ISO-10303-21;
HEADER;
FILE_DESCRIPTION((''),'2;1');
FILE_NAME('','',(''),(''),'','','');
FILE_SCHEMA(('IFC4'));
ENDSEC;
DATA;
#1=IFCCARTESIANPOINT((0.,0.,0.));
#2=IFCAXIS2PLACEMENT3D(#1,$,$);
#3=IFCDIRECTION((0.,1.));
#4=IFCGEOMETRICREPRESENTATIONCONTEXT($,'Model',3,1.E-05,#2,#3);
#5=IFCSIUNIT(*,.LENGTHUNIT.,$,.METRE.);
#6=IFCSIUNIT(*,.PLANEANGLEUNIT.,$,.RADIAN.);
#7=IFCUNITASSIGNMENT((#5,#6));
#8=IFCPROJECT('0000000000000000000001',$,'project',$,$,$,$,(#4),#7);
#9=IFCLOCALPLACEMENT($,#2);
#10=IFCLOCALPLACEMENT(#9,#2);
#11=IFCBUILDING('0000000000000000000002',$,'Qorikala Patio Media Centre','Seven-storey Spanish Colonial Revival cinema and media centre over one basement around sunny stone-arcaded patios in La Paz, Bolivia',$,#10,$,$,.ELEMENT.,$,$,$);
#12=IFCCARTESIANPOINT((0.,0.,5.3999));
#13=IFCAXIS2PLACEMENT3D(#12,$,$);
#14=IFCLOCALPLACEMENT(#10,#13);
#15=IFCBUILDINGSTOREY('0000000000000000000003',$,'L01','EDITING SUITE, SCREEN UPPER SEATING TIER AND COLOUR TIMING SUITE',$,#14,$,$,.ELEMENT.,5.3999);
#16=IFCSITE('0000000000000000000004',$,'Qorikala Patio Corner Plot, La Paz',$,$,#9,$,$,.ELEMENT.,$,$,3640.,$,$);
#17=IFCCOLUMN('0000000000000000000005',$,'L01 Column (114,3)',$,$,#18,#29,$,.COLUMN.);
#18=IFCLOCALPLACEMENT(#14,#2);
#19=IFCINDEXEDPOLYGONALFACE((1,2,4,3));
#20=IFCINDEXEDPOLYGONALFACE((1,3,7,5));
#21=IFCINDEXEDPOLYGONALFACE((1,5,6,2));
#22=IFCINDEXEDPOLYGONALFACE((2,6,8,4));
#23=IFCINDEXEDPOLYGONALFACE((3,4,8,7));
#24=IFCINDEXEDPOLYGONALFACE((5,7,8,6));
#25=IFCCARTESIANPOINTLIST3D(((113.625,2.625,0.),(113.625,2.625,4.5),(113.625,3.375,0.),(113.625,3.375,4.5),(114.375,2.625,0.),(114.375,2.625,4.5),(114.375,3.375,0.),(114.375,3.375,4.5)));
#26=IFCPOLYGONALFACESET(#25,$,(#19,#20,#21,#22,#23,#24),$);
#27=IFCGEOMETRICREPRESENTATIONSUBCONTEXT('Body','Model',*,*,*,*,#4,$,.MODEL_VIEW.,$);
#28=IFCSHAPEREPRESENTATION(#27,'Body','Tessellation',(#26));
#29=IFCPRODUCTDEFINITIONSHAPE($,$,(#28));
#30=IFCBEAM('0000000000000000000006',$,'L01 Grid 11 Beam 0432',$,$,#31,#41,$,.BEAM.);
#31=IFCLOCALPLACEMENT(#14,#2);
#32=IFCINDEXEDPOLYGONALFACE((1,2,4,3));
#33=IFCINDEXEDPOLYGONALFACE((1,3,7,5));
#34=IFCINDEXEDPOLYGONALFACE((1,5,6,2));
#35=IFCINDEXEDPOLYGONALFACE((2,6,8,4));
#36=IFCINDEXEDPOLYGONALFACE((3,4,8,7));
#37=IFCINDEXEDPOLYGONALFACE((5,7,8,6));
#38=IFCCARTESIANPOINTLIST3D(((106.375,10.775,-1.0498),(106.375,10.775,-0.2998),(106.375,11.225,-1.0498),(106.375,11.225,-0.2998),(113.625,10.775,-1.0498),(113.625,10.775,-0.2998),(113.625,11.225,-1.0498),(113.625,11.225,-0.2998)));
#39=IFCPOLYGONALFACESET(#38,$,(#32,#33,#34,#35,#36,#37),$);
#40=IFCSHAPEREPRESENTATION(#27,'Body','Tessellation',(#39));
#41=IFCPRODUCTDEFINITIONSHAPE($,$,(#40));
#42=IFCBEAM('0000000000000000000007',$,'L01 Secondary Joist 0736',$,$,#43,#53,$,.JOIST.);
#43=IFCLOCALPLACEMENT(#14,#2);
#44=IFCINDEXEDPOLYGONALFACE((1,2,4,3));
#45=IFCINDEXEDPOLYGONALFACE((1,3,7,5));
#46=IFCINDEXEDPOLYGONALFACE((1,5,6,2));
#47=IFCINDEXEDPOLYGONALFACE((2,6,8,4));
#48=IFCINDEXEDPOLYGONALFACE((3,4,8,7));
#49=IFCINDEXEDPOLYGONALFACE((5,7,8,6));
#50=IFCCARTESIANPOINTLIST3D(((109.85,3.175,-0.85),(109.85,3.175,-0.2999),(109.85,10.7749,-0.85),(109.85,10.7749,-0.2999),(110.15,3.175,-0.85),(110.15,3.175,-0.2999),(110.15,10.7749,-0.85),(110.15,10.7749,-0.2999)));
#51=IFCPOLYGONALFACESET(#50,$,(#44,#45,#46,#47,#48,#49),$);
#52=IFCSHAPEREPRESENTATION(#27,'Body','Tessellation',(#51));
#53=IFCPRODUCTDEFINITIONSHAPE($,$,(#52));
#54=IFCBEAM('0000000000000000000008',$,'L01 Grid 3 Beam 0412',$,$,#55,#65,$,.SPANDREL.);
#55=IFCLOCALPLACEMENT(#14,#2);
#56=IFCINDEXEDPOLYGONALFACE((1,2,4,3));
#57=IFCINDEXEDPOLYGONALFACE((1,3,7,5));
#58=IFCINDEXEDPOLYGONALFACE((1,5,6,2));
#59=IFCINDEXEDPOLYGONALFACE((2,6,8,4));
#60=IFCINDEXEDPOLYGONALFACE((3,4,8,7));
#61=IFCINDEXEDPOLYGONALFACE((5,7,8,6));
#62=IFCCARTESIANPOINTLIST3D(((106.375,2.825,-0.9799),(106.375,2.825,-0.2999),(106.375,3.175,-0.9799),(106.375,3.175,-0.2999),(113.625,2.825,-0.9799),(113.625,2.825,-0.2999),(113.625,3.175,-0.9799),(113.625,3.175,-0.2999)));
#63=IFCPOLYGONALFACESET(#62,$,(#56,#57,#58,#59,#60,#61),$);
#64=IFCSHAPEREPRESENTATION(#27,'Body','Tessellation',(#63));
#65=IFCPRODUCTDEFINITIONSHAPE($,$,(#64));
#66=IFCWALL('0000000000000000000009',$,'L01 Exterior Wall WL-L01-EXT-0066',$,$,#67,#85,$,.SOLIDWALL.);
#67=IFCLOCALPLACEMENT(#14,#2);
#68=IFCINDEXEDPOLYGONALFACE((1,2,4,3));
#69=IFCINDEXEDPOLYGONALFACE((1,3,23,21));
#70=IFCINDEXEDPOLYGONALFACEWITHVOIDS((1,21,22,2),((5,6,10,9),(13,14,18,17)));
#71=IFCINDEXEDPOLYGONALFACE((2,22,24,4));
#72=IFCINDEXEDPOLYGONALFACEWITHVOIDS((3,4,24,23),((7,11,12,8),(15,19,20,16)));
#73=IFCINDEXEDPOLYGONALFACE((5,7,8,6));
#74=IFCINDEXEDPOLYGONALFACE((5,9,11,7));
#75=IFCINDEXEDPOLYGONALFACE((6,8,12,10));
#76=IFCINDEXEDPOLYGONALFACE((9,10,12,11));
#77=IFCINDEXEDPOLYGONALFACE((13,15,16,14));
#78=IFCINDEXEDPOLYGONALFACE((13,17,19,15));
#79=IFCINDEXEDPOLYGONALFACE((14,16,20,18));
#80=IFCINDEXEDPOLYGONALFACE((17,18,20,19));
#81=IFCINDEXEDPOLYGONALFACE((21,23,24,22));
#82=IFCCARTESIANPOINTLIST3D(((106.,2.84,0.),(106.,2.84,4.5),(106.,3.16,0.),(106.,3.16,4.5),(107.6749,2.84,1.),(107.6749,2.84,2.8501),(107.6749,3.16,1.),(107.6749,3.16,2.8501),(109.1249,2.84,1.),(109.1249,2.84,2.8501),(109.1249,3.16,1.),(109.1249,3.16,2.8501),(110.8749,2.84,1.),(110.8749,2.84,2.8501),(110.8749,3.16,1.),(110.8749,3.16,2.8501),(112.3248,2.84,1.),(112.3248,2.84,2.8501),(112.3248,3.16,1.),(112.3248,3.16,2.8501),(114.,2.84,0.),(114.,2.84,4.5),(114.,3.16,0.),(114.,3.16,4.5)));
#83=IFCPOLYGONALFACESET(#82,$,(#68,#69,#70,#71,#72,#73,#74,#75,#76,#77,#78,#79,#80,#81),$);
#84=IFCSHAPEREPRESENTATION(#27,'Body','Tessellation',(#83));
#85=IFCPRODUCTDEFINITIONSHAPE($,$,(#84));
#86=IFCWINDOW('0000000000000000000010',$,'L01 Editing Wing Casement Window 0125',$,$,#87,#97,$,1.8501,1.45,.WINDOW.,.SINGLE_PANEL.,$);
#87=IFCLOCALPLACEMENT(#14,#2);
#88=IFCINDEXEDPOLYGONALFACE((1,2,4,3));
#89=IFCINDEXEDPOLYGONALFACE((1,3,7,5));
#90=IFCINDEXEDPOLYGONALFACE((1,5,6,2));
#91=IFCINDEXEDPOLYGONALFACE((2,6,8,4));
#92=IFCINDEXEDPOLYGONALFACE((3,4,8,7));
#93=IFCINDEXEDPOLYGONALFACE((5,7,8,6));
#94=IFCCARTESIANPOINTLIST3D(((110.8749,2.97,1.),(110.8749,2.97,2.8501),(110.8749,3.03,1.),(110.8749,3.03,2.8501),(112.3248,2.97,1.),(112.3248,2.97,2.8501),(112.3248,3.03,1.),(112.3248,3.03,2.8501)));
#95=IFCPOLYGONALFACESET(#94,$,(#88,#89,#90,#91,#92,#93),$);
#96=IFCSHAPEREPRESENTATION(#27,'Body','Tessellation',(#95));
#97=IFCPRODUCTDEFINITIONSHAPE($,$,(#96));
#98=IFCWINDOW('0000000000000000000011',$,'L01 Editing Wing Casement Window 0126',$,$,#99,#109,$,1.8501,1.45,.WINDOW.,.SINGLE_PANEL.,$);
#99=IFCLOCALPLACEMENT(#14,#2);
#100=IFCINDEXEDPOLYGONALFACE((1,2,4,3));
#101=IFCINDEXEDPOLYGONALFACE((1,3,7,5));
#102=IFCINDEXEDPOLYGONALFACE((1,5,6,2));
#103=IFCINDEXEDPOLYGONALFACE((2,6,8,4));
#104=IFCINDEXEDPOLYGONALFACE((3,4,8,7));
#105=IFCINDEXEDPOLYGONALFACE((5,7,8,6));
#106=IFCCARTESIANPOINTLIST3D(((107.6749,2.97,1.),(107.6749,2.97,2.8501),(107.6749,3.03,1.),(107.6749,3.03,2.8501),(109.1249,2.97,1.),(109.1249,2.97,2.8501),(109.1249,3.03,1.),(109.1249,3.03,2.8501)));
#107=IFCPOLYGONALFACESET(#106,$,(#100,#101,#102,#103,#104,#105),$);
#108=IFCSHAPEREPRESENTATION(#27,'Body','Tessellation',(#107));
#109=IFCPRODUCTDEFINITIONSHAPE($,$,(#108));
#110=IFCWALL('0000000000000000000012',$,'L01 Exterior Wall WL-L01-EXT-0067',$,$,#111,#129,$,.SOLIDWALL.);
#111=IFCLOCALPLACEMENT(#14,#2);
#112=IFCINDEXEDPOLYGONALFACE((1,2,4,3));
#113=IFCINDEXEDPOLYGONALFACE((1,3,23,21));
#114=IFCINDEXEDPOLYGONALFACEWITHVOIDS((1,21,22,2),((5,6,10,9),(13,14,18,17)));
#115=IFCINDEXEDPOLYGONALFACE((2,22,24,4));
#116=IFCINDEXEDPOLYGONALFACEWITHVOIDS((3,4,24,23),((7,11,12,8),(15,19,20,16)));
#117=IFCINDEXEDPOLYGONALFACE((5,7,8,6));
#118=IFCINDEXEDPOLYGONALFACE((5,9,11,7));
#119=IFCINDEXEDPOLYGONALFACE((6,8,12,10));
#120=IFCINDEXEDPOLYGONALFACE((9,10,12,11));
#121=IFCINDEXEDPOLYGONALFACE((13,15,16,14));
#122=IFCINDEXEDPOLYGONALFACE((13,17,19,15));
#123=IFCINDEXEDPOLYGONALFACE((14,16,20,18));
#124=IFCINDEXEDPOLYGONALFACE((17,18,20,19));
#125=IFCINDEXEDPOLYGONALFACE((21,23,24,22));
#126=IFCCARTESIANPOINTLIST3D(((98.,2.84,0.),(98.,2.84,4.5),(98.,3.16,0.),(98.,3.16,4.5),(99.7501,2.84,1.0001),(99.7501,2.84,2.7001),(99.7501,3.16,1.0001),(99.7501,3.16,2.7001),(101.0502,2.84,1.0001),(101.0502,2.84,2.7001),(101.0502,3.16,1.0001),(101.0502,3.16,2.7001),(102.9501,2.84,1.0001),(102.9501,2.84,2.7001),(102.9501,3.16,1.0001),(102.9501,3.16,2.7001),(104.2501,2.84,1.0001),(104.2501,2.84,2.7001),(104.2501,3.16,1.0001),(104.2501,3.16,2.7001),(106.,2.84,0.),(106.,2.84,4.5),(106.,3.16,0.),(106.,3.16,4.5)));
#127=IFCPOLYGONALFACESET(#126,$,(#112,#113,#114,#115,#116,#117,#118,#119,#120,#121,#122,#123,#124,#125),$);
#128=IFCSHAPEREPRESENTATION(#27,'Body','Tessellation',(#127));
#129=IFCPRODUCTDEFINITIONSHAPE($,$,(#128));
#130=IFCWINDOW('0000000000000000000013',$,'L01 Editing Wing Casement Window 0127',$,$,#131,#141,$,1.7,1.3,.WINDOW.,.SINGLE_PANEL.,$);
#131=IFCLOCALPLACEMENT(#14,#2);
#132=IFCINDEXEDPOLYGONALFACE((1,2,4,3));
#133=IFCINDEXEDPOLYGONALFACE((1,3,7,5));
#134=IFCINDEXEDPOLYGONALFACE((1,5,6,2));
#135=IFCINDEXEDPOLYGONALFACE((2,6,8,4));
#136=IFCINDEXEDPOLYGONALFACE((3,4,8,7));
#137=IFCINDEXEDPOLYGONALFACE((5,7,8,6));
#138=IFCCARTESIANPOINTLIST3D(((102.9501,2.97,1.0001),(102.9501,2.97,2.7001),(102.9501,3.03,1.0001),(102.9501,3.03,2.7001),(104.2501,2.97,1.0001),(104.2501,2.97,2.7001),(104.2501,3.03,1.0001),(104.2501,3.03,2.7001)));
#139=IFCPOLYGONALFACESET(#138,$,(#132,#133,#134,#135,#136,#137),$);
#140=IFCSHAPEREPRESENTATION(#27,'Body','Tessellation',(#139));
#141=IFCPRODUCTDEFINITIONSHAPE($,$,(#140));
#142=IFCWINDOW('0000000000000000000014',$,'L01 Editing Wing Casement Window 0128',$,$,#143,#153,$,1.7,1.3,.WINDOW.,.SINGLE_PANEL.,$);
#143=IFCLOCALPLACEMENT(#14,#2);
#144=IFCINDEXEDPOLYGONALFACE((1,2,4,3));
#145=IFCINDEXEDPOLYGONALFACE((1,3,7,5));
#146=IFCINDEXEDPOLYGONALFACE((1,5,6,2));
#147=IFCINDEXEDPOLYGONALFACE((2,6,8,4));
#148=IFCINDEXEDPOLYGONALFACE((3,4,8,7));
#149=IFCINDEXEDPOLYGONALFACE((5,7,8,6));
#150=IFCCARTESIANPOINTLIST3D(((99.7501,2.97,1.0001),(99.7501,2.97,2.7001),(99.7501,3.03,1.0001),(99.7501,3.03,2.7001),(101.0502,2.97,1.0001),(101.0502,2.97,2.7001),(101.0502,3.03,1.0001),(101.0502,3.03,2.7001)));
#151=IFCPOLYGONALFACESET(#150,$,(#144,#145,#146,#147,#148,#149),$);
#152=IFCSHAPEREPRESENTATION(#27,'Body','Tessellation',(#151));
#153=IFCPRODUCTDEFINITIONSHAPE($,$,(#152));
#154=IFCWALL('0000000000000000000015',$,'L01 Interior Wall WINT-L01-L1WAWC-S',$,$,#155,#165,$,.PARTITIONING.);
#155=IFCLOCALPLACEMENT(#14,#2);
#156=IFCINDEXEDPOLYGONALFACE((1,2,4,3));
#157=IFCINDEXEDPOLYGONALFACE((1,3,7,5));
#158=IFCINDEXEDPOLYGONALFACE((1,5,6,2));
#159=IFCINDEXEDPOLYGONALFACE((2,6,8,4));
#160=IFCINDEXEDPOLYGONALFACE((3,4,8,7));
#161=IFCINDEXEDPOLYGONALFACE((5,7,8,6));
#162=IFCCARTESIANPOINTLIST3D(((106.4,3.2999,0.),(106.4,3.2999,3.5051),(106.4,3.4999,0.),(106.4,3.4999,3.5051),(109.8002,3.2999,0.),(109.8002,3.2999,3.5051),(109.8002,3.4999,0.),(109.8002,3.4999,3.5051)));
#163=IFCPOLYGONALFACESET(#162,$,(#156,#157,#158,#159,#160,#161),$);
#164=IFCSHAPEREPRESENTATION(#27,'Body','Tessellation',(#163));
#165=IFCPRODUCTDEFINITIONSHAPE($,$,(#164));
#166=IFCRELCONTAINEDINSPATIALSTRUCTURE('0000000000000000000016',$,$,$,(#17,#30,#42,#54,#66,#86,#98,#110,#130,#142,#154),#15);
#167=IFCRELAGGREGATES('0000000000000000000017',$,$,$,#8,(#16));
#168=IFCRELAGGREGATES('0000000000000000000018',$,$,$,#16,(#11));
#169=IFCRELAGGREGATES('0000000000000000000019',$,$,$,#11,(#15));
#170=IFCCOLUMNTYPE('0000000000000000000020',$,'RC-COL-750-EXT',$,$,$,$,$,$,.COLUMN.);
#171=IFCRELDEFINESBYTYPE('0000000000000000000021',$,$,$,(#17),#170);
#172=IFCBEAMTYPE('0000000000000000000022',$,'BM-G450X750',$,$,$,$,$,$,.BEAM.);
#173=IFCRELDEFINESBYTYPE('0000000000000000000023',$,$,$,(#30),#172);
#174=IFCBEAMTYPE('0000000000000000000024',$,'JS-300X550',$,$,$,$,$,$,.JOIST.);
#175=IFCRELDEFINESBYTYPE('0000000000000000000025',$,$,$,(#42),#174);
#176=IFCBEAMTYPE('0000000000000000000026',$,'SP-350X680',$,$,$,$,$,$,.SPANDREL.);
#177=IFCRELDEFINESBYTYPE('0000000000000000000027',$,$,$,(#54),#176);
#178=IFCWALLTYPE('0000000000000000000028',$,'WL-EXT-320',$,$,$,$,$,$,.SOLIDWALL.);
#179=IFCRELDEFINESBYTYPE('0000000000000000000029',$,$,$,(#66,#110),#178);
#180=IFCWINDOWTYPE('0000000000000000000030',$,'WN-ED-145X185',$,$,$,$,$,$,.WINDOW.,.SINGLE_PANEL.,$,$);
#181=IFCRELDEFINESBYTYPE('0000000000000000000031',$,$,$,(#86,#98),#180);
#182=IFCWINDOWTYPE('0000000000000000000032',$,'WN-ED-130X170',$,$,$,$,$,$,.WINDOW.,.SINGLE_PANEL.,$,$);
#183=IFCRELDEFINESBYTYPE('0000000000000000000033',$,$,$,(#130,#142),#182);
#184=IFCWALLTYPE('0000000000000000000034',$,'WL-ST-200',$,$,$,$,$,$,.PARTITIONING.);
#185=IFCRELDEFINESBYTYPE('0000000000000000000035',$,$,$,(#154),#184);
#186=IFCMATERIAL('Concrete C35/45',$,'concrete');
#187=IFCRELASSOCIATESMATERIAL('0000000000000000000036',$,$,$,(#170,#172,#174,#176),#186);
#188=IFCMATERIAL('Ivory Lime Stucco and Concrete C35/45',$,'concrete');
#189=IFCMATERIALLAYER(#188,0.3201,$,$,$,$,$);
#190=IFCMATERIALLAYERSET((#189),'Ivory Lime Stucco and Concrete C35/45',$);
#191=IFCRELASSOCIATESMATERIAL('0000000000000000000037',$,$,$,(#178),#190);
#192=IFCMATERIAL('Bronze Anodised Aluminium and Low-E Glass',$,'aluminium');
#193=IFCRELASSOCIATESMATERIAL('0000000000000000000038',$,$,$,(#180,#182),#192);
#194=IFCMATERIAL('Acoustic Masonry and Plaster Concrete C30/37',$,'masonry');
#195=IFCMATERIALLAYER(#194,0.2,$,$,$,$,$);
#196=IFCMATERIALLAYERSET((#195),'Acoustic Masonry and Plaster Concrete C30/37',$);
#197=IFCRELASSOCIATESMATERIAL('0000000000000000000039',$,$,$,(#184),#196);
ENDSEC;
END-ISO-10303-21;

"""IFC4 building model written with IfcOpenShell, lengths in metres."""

from ifc_helpers import new_model, si_unit, direction, frame, frame_2d, origin, origin_2d, place, context, subcontext, project, spatial, rectangle, extrude, material, layer, layer_set, material_profile, profile_set, type_object, element, fill, save


model = new_model("IFC4")

# Units and contexts
model_context = context("Model", 3, precision=1e-05, world=origin(), true_north=direction((0.0, 1.0)))
body_context = subcontext(model_context, "Body", "Model", "MODEL_VIEW")
ifc_project = project(units=[si_unit("LENGTHUNIT", "METRE"), si_unit("PLANEANGLEUNIT", "RADIAN")], contexts=[model_context])

# Site, building, storey
site_placement = place(None, origin())
site = spatial("IfcSite", under=ifc_project, at=site_placement, Name="Qorikala Patio Corner Plot, La Paz", CompositionType="ELEMENT", RefElevation=3640.0)
building_placement = place(site_placement, origin())
building = spatial("IfcBuilding", under=site, at=building_placement, Name="Qorikala Patio Media Centre", Description="Seven-storey Spanish Colonial Revival cinema and media centre over one basement around sunny stone-arcaded patios in La Paz, Bolivia", CompositionType="ELEMENT")
storey_placement = place(building_placement, frame((0.0, 0.0, 5.3999)))
storey = spatial("IfcBuildingStorey", under=building, at=storey_placement, Name="L01", Description="EDITING SUITE, SCREEN UPPER SEATING TIER AND COLOUR TIMING SUITE", CompositionType="ELEMENT", Elevation=5.3999)

# Column
ifc_material_1 = material(Name="Concrete C35/45", Category="concrete")
ifc_material_profile_1 = material_profile(ifc_material_1, rectangle(XDim=0.75, YDim=0.75, at=origin_2d()), Name="RC 750x750")
ifc_profile_set_1 = profile_set([ifc_material_profile_1], Name="Concrete C35/45")
column_type = type_object("IfcColumnType", Name="RC-COL-750-EXT", PredefinedType="COLUMN", material=ifc_profile_set_1)
column_placement = place(storey_placement, frame((114.0, 3.0, 0.0), z_axis=(0.0, 0.0, 1.0), x_axis=(1.0, 0.0, 0.0)))
element("IfcColumn", 1, at=column_placement, inside=storey, type_object=column_type, Name="L01 Column (114,3)", PredefinedType="COLUMN", context=body_context, shape_type="SweptSolid", body=[
    extrude(rectangle(XDim=0.75, YDim=0.75, at=origin_2d()), origin(), (0.0, 0.0, 1.0), 4.5),
])

# Beams
ifc_material_profile_2 = material_profile(ifc_material_1, rectangle(XDim=0.45, YDim=0.75, at=origin_2d()), Name="RC 450x750")
ifc_profile_set_2 = profile_set([ifc_material_profile_2], Name="Concrete C35/45")
beam_type_1 = type_object("IfcBeamType", Name="BM-G450X750", PredefinedType="BEAM", material=ifc_profile_set_2)
beam_1_placement = place(storey_placement, frame((106.375, 11.0, -0.6748), z_axis=(1.0, 0.0, 0.0), x_axis=(0.0, 1.0, 0.0)))
element("IfcBeam", 2, at=beam_1_placement, inside=storey, type_object=beam_type_1, Name="L01 Grid 11 Beam 0432", PredefinedType="BEAM", context=body_context, shape_type="SweptSolid", body=[
    extrude(rectangle(XDim=0.45, YDim=0.75, at=origin_2d()), origin(), (0.0, 0.0, 1.0), 7.25),
])
ifc_material_profile_3 = material_profile(ifc_material_1, rectangle(XDim=0.3, YDim=0.55, at=origin_2d()), Name="RC 300x550")
ifc_profile_set_3 = profile_set([ifc_material_profile_3], Name="Concrete C35/45")
beam_type_2 = type_object("IfcBeamType", Name="JS-300X550", PredefinedType="JOIST", material=ifc_profile_set_3)
beam_2_placement = place(storey_placement, frame((110.0, 3.175, -0.575), z_axis=(0.0, 1.0, 0.0), x_axis=(-1.0, 0.0, 0.0)))
element("IfcBeam", 3, at=beam_2_placement, inside=storey, type_object=beam_type_2, Name="L01 Secondary Joist 0736", PredefinedType="JOIST", context=body_context, shape_type="SweptSolid", body=[
    extrude(rectangle(XDim=0.3, YDim=0.55, at=origin_2d()), origin(), (0.0, 0.0, 1.0), 7.5999),
])
ifc_material_profile_4 = material_profile(ifc_material_1, rectangle(XDim=0.3501, YDim=0.6799, at=origin_2d()), Name="RC 350x680")
ifc_profile_set_4 = profile_set([ifc_material_profile_4], Name="Concrete C35/45")
beam_type_3 = type_object("IfcBeamType", Name="SP-350X680", PredefinedType="SPANDREL", material=ifc_profile_set_4)
beam_3_placement = place(storey_placement, frame((106.375, 3.0, -0.6399), z_axis=(1.0, 0.0, 0.0), x_axis=(0.0, 1.0, 0.0)))
element("IfcBeam", 4, at=beam_3_placement, inside=storey, type_object=beam_type_3, Name="L01 Grid 3 Beam 0412", PredefinedType="SPANDREL", context=body_context, shape_type="SweptSolid", body=[
    extrude(rectangle(XDim=0.3501, YDim=0.6799, at=origin_2d()), origin(), (0.0, 0.0, 1.0), 7.25),
])

# Walls, openings, windows
ifc_material_2 = material(Name="Ivory Lime Stucco and Concrete C35/45", Category="concrete")
ifc_layer_1 = layer(ifc_material_2, 0.3201)
ifc_layer_set_1 = layer_set([ifc_layer_1], Name="Ivory Lime Stucco and Concrete C35/45")
wall_type_1 = type_object("IfcWallType", Name="WL-EXT-320", PredefinedType="SOLIDWALL", material=ifc_layer_set_1)
wall_1_placement = place(storey_placement, frame((114.0, 3.0, 0.0), z_axis=(0.0, 0.0, 1.0), x_axis=(-1.0, 0.0, 0.0)))
wall_1 = element("IfcWall", 5, at=wall_1_placement, inside=storey, type_object=wall_type_1, Name="L01 Exterior Wall WL-L01-EXT-0066", PredefinedType="SOLIDWALL", context=body_context, shape_type="SweptSolid", body=[
    extrude(rectangle(XDim=8.0, YDim=0.3201, at=frame_2d((4.0, 0.0))), origin(), (0.0, 0.0, 1.0), 4.5),
])
opening_1_placement = place(wall_1_placement, frame((1.675, 0.0, 1.0)))
opening_1 = element("IfcOpeningElement", 6, at=opening_1_placement, cuts=wall_1, PredefinedType="OPENING", context=body_context, shape_type="SweptSolid", body=[
    extrude(rectangle(XDim=1.45, YDim=1.8501, at=frame_2d((0.7251, 0.925))), frame((0.0, 0.1699, 0.0), z_axis=(0.0, -1.0, 0.0), x_axis=(1.0, 0.0, 0.0)), (0.0, 0.0, 1.0), 0.3401),
])
opening_2_placement = place(wall_1_placement, frame((4.875, 0.0, 1.0)))
opening_2 = element("IfcOpeningElement", 7, at=opening_2_placement, cuts=wall_1, PredefinedType="OPENING", context=body_context, shape_type="SweptSolid", body=[
    extrude(rectangle(XDim=1.45, YDim=1.8501, at=frame_2d((0.7251, 0.925))), frame((0.0, 0.1699, 0.0), z_axis=(0.0, -1.0, 0.0), x_axis=(1.0, 0.0, 0.0)), (0.0, 0.0, 1.0), 0.3401),
])
ifc_material_3 = material(Name="Bronze Anodised Aluminium and Low-E Glass", Category="aluminium")
window_type_1 = type_object("IfcWindowType", Name="WN-ED-145X185", PartitioningType="SINGLE_PANEL", PredefinedType="WINDOW", material=ifc_material_3)
window_1_placement = place(opening_1_placement, origin())
window_1 = element("IfcWindow", 8, at=window_1_placement, inside=storey, type_object=window_type_1, Name="L01 Editing Wing Casement Window 0125", OverallHeight=1.8501, OverallWidth=1.45, PartitioningType="SINGLE_PANEL", PredefinedType="WINDOW", context=body_context, shape_type="SweptSolid", body=[
    extrude(rectangle(XDim=1.45, YDim=1.8501, at=frame_2d((0.7251, 0.925))), frame((0.0, 0.03, 0.0), z_axis=(0.0, -1.0, 0.0), x_axis=(1.0, 0.0, 0.0)), (0.0, 0.0, 1.0), 0.0601),
])
fill(opening_1, window_1)
window_2_placement = place(opening_2_placement, origin())
window_2 = element("IfcWindow", 9, at=window_2_placement, inside=storey, type_object=window_type_1, Name="L01 Editing Wing Casement Window 0126", OverallHeight=1.8501, OverallWidth=1.45, PartitioningType="SINGLE_PANEL", PredefinedType="WINDOW", context=body_context, shape_type="SweptSolid", body=[
    extrude(rectangle(XDim=1.45, YDim=1.8501, at=frame_2d((0.7251, 0.925))), frame((0.0, 0.03, 0.0), z_axis=(0.0, -1.0, 0.0), x_axis=(1.0, 0.0, 0.0)), (0.0, 0.0, 1.0), 0.0601),
])
fill(opening_2, window_2)
wall_2_placement = place(storey_placement, frame((106.0, 3.0, 0.0), z_axis=(0.0, 0.0, 1.0), x_axis=(-1.0, 0.0, 0.0)))
wall_2 = element("IfcWall", 10, at=wall_2_placement, inside=storey, type_object=wall_type_1, Name="L01 Exterior Wall WL-L01-EXT-0067", PredefinedType="SOLIDWALL", context=body_context, shape_type="SweptSolid", body=[
    extrude(rectangle(XDim=8.0, YDim=0.3201, at=frame_2d((4.0, 0.0))), origin(), (0.0, 0.0, 1.0), 4.5),
])
opening_3_placement = place(wall_2_placement, frame((1.75, 0.0, 1.0)))
opening_3 = element("IfcOpeningElement", 11, at=opening_3_placement, cuts=wall_2, PredefinedType="OPENING", context=body_context, shape_type="SweptSolid", body=[
    extrude(rectangle(XDim=1.3, YDim=1.7, at=frame_2d((0.6499, 0.8501))), frame((0.0, 0.1699, 0.0), z_axis=(0.0, -1.0, 0.0), x_axis=(1.0, 0.0, 0.0)), (0.0, 0.0, 1.0), 0.3401),
])
opening_4_placement = place(wall_2_placement, frame((4.95, 0.0, 1.0)))
opening_4 = element("IfcOpeningElement", 12, at=opening_4_placement, cuts=wall_2, PredefinedType="OPENING", context=body_context, shape_type="SweptSolid", body=[
    extrude(rectangle(XDim=1.3, YDim=1.7, at=frame_2d((0.6499, 0.8501))), frame((0.0, 0.1699, 0.0), z_axis=(0.0, -1.0, 0.0), x_axis=(1.0, 0.0, 0.0)), (0.0, 0.0, 1.0), 0.3401),
])
window_type_2 = type_object("IfcWindowType", Name="WN-ED-130X170", PartitioningType="SINGLE_PANEL", PredefinedType="WINDOW", material=ifc_material_3)
window_3_placement = place(opening_3_placement, origin())
window_3 = element("IfcWindow", 13, at=window_3_placement, inside=storey, type_object=window_type_2, Name="L01 Editing Wing Casement Window 0127", OverallHeight=1.7, OverallWidth=1.3, PartitioningType="SINGLE_PANEL", PredefinedType="WINDOW", context=body_context, shape_type="SweptSolid", body=[
    extrude(rectangle(XDim=1.3, YDim=1.7, at=frame_2d((0.6499, 0.8501))), frame((0.0, 0.03, 0.0), z_axis=(0.0, -1.0, 0.0), x_axis=(1.0, 0.0, 0.0)), (0.0, 0.0, 1.0), 0.0601),
])
fill(opening_3, window_3)
window_4_placement = place(opening_4_placement, origin())
window_4 = element("IfcWindow", 14, at=window_4_placement, inside=storey, type_object=window_type_2, Name="L01 Editing Wing Casement Window 0128", OverallHeight=1.7, OverallWidth=1.3, PartitioningType="SINGLE_PANEL", PredefinedType="WINDOW", context=body_context, shape_type="SweptSolid", body=[
    extrude(rectangle(XDim=1.3, YDim=1.7, at=frame_2d((0.6499, 0.8501))), frame((0.0, 0.03, 0.0), z_axis=(0.0, -1.0, 0.0), x_axis=(1.0, 0.0, 0.0)), (0.0, 0.0, 1.0), 0.0601),
])
fill(opening_4, window_4)

# Wall
ifc_material_4 = material(Name="Acoustic Masonry and Plaster Concrete C30/37", Category="masonry")
ifc_layer_2 = layer(ifc_material_4, 0.2)
ifc_layer_set_2 = layer_set([ifc_layer_2], Name="Acoustic Masonry and Plaster Concrete C30/37")
wall_type_2 = type_object("IfcWallType", Name="WL-ST-200", PredefinedType="PARTITIONING", material=ifc_layer_set_2)
wall_3_placement = place(storey_placement, frame((106.3999, 3.3999, 0.0), z_axis=(0.0, 0.0, 1.0), x_axis=(1.0, 0.0, 0.0)))
element("IfcWall", 15, at=wall_3_placement, inside=storey, type_object=wall_type_2, Name="L01 Interior Wall WINT-L01-L1WAWC-S", PredefinedType="PARTITIONING", context=body_context, shape_type="SweptSolid", body=[
    extrude(rectangle(XDim=3.4001, YDim=0.2, at=frame_2d((1.7002, 0.0))), origin(), (0.0, 0.0, 1.0), 3.5051),
])

save(model, "model.ifc")
